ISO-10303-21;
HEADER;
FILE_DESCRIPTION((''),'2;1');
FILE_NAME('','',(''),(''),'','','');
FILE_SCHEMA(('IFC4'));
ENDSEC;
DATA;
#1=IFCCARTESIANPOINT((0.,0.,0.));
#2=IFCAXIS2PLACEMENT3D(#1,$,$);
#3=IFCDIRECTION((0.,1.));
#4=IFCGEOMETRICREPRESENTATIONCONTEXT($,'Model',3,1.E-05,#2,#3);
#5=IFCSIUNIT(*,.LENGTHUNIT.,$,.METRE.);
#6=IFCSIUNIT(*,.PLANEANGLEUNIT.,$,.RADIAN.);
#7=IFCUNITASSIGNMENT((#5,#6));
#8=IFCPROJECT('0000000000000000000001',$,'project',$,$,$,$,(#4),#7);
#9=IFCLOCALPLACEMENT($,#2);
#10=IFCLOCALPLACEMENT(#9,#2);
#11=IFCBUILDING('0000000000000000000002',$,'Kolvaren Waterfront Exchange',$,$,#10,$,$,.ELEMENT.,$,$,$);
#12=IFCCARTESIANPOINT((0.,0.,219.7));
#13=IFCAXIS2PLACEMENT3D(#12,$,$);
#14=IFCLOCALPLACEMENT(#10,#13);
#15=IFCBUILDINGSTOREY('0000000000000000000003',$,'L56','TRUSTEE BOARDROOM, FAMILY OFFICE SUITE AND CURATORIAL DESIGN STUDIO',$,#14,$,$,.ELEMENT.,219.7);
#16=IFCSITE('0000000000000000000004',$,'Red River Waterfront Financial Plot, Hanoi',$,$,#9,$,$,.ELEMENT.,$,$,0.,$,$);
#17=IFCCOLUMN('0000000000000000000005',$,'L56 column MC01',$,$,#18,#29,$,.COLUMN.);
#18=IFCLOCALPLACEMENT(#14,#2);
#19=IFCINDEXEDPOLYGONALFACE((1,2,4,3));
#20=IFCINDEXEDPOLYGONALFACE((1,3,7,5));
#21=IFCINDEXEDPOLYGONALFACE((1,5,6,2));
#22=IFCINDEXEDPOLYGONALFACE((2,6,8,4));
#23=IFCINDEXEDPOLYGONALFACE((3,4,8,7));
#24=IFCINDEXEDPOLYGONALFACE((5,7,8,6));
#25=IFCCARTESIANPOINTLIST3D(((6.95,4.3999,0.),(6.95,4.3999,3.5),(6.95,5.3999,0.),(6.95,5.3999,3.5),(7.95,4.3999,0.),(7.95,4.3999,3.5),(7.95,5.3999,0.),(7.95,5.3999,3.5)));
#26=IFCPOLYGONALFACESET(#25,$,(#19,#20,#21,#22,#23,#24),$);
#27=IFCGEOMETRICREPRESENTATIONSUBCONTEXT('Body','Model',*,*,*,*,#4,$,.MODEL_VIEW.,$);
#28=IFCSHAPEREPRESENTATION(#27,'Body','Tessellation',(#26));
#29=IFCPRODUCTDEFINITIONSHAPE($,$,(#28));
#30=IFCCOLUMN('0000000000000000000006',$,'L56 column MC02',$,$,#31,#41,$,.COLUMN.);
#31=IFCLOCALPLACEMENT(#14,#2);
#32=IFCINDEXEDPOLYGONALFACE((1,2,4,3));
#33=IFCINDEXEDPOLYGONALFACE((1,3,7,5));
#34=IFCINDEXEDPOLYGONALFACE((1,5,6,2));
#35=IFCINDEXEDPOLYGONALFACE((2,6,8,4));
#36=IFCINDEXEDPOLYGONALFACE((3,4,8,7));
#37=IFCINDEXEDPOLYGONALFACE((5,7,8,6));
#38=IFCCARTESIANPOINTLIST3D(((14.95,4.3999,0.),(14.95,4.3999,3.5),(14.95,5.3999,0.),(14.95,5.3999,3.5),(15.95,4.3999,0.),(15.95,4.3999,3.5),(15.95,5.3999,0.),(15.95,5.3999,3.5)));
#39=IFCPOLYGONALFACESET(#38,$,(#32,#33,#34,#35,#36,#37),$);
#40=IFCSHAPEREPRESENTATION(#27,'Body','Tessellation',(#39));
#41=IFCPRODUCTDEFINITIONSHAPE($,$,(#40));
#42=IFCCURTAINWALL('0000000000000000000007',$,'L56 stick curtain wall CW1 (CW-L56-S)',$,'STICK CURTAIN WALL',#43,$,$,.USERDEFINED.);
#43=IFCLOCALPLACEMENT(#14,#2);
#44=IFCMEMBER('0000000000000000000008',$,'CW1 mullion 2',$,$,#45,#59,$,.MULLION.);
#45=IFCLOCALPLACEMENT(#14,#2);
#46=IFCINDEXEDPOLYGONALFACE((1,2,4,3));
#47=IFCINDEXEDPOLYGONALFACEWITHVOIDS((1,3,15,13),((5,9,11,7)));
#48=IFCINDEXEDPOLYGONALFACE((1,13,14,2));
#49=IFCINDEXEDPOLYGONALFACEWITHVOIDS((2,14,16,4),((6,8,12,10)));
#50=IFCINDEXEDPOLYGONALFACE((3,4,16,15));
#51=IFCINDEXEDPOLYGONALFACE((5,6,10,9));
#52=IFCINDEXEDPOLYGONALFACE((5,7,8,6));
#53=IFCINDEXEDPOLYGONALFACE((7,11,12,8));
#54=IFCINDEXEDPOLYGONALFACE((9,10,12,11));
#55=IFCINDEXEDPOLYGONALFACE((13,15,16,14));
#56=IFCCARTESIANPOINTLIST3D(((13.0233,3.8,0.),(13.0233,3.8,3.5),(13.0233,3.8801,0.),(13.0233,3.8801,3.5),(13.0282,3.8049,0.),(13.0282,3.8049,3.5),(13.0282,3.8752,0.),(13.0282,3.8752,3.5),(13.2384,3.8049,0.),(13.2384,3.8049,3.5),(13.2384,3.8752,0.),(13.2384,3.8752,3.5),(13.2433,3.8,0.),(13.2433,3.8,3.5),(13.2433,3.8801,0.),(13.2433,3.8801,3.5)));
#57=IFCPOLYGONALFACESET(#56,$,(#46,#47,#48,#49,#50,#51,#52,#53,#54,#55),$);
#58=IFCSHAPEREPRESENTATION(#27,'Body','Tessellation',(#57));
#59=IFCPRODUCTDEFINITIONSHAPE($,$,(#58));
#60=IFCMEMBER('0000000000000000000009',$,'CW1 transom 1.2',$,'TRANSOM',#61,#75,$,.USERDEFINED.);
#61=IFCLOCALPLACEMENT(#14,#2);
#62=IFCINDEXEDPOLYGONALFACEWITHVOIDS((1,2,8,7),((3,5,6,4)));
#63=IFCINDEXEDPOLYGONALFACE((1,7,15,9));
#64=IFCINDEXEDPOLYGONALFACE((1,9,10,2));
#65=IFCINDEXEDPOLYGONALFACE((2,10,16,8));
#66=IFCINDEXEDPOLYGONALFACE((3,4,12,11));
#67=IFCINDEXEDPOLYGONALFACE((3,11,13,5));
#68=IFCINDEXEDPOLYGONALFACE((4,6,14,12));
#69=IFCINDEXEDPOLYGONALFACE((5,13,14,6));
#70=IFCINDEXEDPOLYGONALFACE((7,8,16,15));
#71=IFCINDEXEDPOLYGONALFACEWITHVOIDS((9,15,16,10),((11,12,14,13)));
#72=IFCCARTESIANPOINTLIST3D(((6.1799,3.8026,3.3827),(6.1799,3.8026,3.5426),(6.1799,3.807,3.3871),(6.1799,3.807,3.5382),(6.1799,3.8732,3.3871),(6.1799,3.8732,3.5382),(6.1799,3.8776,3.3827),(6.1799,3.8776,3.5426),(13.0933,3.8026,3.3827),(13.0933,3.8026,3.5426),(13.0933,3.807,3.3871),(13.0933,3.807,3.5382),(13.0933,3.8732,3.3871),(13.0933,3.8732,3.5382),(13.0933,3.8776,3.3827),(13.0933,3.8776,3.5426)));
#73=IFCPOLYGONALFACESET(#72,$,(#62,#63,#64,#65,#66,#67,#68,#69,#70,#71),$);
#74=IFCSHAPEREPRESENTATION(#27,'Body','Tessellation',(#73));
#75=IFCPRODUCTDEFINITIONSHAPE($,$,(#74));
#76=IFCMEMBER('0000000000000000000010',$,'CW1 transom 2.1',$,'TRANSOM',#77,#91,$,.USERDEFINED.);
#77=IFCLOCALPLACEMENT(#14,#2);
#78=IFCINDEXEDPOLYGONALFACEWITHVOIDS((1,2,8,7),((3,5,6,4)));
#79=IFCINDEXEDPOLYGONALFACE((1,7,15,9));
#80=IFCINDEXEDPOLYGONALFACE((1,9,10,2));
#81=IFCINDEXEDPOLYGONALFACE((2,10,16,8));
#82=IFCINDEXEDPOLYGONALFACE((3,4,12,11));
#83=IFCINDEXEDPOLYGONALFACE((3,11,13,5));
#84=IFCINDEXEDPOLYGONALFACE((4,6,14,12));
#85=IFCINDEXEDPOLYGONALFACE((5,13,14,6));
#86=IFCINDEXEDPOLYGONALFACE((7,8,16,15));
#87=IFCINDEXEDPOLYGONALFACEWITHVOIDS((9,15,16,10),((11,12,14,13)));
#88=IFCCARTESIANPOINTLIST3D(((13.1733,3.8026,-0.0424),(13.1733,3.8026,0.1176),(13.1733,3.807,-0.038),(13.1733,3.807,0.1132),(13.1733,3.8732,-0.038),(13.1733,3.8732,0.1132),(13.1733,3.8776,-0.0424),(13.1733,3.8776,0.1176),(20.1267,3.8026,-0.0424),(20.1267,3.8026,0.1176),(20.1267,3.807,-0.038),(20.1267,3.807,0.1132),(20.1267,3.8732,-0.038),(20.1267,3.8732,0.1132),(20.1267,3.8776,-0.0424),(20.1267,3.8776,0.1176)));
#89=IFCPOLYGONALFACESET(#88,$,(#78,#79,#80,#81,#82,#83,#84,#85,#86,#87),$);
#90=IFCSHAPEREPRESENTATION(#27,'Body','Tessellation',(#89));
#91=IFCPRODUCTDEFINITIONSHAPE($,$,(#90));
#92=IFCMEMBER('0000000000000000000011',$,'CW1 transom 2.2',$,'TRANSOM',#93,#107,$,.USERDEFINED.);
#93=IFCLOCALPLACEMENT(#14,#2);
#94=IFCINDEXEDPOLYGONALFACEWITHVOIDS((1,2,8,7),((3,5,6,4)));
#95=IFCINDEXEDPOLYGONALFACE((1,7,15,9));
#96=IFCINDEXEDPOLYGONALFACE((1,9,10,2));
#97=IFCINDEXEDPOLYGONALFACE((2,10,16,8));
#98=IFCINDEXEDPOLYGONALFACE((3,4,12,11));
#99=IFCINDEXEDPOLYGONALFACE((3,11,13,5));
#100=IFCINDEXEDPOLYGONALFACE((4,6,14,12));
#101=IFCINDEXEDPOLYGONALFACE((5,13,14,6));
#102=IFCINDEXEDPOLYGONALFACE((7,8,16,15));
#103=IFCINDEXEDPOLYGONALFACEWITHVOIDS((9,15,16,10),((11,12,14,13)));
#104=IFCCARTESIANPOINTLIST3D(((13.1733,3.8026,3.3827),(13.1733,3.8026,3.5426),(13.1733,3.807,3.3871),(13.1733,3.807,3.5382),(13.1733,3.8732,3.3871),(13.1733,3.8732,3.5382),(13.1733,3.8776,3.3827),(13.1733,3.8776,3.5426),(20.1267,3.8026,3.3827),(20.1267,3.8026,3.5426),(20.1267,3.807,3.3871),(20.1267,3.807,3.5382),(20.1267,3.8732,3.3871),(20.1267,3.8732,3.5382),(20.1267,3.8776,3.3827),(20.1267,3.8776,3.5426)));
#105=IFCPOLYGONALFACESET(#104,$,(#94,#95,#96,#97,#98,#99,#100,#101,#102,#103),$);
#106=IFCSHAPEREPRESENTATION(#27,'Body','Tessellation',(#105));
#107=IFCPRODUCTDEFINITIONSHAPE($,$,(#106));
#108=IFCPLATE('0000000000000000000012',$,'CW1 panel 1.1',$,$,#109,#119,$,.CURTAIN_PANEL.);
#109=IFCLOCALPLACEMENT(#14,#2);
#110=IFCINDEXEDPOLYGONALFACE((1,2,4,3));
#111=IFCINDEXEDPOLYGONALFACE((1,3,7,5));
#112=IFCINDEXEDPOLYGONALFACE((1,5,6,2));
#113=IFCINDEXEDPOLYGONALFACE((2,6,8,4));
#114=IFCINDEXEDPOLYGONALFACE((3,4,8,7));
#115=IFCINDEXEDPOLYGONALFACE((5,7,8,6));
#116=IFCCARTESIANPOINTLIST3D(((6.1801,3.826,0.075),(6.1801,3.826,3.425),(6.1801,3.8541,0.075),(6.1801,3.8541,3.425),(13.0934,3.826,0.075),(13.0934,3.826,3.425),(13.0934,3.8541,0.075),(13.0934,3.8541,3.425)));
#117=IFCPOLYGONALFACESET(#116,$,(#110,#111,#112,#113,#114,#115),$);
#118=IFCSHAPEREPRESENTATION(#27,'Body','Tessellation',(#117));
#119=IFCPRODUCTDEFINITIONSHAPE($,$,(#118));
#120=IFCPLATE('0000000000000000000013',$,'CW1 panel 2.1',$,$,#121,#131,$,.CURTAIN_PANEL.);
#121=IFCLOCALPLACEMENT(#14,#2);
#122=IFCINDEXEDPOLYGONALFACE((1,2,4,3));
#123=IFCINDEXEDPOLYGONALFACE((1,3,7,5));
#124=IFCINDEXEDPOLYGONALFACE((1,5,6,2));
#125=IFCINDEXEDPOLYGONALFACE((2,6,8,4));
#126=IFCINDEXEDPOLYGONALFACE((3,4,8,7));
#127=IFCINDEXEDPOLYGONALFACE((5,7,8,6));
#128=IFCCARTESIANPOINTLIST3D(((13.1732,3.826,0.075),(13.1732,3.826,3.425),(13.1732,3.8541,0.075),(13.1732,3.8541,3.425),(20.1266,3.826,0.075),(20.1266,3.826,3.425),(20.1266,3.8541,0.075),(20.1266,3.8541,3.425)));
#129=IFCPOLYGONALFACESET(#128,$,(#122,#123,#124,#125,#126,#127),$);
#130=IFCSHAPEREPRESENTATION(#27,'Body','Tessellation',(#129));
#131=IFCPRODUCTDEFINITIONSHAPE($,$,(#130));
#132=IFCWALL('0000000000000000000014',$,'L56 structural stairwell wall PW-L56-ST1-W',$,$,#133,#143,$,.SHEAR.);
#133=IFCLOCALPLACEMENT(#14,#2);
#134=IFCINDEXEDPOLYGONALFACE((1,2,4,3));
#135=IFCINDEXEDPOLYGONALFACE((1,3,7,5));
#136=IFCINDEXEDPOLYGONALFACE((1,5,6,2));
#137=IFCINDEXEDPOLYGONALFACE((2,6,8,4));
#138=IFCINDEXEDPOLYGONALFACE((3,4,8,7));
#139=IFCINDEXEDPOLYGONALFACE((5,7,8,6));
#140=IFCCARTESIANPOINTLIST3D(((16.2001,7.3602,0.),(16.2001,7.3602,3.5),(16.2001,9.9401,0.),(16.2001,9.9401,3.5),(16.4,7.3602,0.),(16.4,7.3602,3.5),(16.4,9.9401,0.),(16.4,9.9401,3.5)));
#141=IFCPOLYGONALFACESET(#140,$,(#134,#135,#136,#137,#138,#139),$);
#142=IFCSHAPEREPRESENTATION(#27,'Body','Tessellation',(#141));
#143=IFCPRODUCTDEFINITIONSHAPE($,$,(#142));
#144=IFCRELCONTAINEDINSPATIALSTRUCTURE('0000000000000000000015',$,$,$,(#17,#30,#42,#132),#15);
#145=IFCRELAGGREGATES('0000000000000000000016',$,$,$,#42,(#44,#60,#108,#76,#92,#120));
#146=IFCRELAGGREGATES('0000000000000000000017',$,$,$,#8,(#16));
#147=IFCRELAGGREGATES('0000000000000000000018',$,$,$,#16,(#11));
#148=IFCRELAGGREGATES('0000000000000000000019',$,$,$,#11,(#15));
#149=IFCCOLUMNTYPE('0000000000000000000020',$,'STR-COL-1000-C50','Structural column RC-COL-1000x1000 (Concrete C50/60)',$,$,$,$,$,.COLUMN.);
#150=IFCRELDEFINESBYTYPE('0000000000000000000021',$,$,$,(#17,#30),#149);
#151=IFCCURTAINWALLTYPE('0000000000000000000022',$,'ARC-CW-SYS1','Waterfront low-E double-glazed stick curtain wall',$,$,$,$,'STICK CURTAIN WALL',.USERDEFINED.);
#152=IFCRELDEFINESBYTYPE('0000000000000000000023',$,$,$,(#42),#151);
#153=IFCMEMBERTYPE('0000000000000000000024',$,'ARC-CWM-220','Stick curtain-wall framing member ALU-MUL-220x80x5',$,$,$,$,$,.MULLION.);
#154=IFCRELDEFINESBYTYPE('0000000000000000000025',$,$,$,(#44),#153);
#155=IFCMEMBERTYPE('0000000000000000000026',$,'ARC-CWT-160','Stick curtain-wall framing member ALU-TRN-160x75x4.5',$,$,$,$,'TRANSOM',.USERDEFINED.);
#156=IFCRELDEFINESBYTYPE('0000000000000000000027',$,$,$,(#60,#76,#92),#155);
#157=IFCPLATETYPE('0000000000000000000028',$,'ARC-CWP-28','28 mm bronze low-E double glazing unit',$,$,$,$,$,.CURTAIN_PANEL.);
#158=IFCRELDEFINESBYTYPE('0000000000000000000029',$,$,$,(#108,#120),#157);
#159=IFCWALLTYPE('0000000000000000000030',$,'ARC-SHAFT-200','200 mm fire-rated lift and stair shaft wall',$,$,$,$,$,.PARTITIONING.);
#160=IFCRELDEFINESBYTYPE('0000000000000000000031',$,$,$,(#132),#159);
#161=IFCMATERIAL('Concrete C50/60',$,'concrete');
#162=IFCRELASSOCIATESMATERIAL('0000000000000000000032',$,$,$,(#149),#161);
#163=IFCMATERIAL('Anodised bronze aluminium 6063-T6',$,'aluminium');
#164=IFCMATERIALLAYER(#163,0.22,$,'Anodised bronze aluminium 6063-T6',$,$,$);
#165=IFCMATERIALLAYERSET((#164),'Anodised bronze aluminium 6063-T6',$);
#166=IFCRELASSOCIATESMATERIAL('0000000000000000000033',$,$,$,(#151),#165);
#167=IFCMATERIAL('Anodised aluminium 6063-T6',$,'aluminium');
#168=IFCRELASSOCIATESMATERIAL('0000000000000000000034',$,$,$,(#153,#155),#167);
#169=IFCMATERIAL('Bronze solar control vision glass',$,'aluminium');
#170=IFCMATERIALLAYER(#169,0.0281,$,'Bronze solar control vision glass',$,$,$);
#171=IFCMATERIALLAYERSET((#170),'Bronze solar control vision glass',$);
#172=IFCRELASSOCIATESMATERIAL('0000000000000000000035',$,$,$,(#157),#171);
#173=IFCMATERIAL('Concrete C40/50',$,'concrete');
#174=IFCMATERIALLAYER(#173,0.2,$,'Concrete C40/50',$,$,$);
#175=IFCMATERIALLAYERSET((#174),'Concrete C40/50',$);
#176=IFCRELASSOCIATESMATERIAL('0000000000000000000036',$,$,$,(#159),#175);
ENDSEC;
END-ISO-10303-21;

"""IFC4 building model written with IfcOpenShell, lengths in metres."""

from ifc_helpers import new_model, si_unit, direction, frame, frame_2d, origin, origin_with_axes, origin_2d, place, context, subcontext, project, spatial, rectangle, hollow_rectangle, extrude, source, transform, mapped, material, layer, layer_set, material_profile, profile_set, type_object, element, aggregate, save


model = new_model("IFC4")

# Units and contexts
model_context = context("Model", 3, precision=1e-05, world=origin(), true_north=direction((0.0, 1.0)))
body_context = subcontext(model_context, "Body", "Model", "MODEL_VIEW")
ifc_project = project(units=[si_unit("LENGTHUNIT", "METRE"), si_unit("PLANEANGLEUNIT", "RADIAN")], contexts=[model_context])

# Site, building, storey
site_placement = place(None, origin())
site = spatial("IfcSite", under=ifc_project, at=site_placement, Name="Red River Waterfront Financial Plot, Hanoi", CompositionType="ELEMENT", RefElevation=0.0)
building_placement = place(site_placement, origin())
building = spatial("IfcBuilding", under=site, at=building_placement, Name="Kolvaren Waterfront Exchange", CompositionType="ELEMENT")
storey_placement = place(building_placement, frame((0.0, 0.0, 219.7)))
storey = spatial("IfcBuildingStorey", under=building, at=storey_placement, Name="L56", Description="TRUSTEE BOARDROOM, FAMILY OFFICE SUITE AND CURATORIAL DESIGN STUDIO", CompositionType="ELEMENT", Elevation=219.7)

# Columns
ifc_material_1 = material(Name="Concrete C50/60", Category="concrete")
ifc_material_profile_1 = material_profile(ifc_material_1, rectangle(XDim=1.0, YDim=1.0, at=origin_2d()), Name="RC-COL-1000x1000")
ifc_profile_set_1 = profile_set([ifc_material_profile_1], Name="Concrete C50/60")
column_type = type_object("IfcColumnType", Name="STR-COL-1000-C50", Description="Structural column RC-COL-1000x1000 (Concrete C50/60)", PredefinedType="COLUMN", material=ifc_profile_set_1)
for number, where, z_axis, x_axis, name in (
    (1, (7.45, 4.8999, 0.0), (0.0, 0.0, 1.0), (1.0, 0.0, 0.0), "L56 column MC01"),
    (2, (15.45, 4.8999, 0.0), (0.0, 0.0, 1.0), (1.0, 0.0, 0.0), "L56 column MC02"),
):
    element("IfcColumn", number, at=place(storey_placement, frame(where, z_axis=z_axis, x_axis=x_axis)), inside=storey, type_object=column_type, Name=name, PredefinedType="COLUMN", context=body_context, shape_type="SweptSolid", body=[
        extrude(rectangle(XDim=1.0, YDim=1.0, at=origin_2d()), origin(), (0.0, 0.0, 1.0), 3.5),
    ])

# Curtain wall, members, plates
ifc_material_2 = material(Name="Anodised bronze aluminium 6063-T6", Category="aluminium")
ifc_layer_1 = layer(ifc_material_2, 0.22, Name="Anodised bronze aluminium 6063-T6")
ifc_layer_set_1 = layer_set([ifc_layer_1], Name="Anodised bronze aluminium 6063-T6")
curtain_wall_type = type_object("IfcCurtainWallType", Name="ARC-CW-SYS1", Description="Waterfront low-E double-glazed stick curtain wall", ElementType="STICK CURTAIN WALL", PredefinedType="USERDEFINED", material=ifc_layer_set_1)
curtain_wall_placement = place(storey_placement, origin())
curtain_wall = element("IfcCurtainWall", 3, at=curtain_wall_placement, inside=storey, type_object=curtain_wall_type, Name="L56 stick curtain wall CW1 (CW-L56-S)", ObjectType="STICK CURTAIN WALL", PredefinedType="USERDEFINED")
ifc_material_3 = material(Name="Anodised aluminium 6063-T6", Category="aluminium")
ifc_material_profile_2 = material_profile(ifc_material_3, hollow_rectangle(XDim=0.0801, YDim=0.22, WallThickness=0.0049, at=origin_2d()), Name="ALU-MUL-220x80x5")
ifc_profile_set_2 = profile_set([ifc_material_profile_2], Name="Anodised aluminium 6063-T6")
member_type_1 = type_object("IfcMemberType", Name="ARC-CWM-220", Description="Stick curtain-wall framing member ALU-MUL-220x80x5", PredefinedType="MULLION", material=ifc_profile_set_2)
shared_shape_1 = source(origin_with_axes(), body_context, "Body", "SweptSolid", [
    extrude(hollow_rectangle(XDim=0.0801, YDim=0.22, WallThickness=0.0049, at=origin_2d()), origin(), (0.0, 0.0, 1.0), 3.5),
])
member_1_placement = place(storey_placement, frame((13.1333, 3.8401, 0.0), z_axis=(0.0, 0.0, 1.0), x_axis=(0.0, 1.0, 0.0)))
member_1 = element("IfcMember", 4, at=member_1_placement, type_object=member_type_1, Name="CW1 mullion 2", PredefinedType="MULLION", context=body_context, shape_type="MappedRepresentation", body=[
    mapped(shared_shape_1, transform((0.0, 0.0, 0.0), x_axis=(1.0, 0.0, 0.0), y_axis=(0.0, 1.0, 0.0), z_axis=(0.0, 0.0, 1.0), scale=1.0)),
])
ifc_material_profile_3 = material_profile(ifc_material_3, hollow_rectangle(XDim=0.075, YDim=0.1599, WallThickness=0.0044, at=origin_2d()), Name="ALU-TRN-160x75x4.5")
ifc_profile_set_3 = profile_set([ifc_material_profile_3], Name="Anodised aluminium 6063-T6")
member_type_2 = type_object("IfcMemberType", Name="ARC-CWT-160", Description="Stick curtain-wall framing member ALU-TRN-160x75x4.5", ElementType="TRANSOM", PredefinedType="USERDEFINED", material=ifc_profile_set_3)
shared_shape_2 = source(origin_with_axes(), body_context, "Body", "SweptSolid", [
    extrude(hollow_rectangle(XDim=0.075, YDim=0.1599, WallThickness=0.0044, at=origin_2d()), origin(), (0.0, 0.0, 1.0), 6.9133),
])
member_2_placement = place(storey_placement, frame((6.1799, 3.8401, 3.4626), z_axis=(1.0, 0.0, 0.0), x_axis=(0.0, 1.0, 0.0)))
member_2 = element("IfcMember", 5, at=member_2_placement, type_object=member_type_2, Name="CW1 transom 1.2", ObjectType="TRANSOM", PredefinedType="USERDEFINED", context=body_context, shape_type="MappedRepresentation", body=[
    mapped(shared_shape_2, transform((0.0, 0.0, 0.0), x_axis=(1.0, 0.0, 0.0), y_axis=(0.0, 1.0, 0.0), z_axis=(0.0, 0.0, 1.0), scale=1.0)),
])
shared_shape_3 = source(origin_with_axes(), body_context, "Body", "SweptSolid", [
    extrude(hollow_rectangle(XDim=0.075, YDim=0.1599, WallThickness=0.0044, at=origin_2d()), origin(), (0.0, 0.0, 1.0), 6.9534),
])
member_3_placement = place(storey_placement, frame((13.1733, 3.8401, 0.0376), z_axis=(1.0, 0.0, 0.0), x_axis=(0.0, 1.0, 0.0)))
member_3 = element("IfcMember", 6, at=member_3_placement, type_object=member_type_2, Name="CW1 transom 2.1", ObjectType="TRANSOM", PredefinedType="USERDEFINED", context=body_context, shape_type="MappedRepresentation", body=[
    mapped(shared_shape_3, transform((0.0, 0.0, 0.0), x_axis=(1.0, 0.0, 0.0), y_axis=(0.0, 1.0, 0.0), z_axis=(0.0, 0.0, 1.0), scale=1.0)),
])
member_4_placement = place(storey_placement, frame((13.1733, 3.8401, 3.4626), z_axis=(1.0, 0.0, 0.0), x_axis=(0.0, 1.0, 0.0)))
member_4 = element("IfcMember", 7, at=member_4_placement, type_object=member_type_2, Name="CW1 transom 2.2", ObjectType="TRANSOM", PredefinedType="USERDEFINED", context=body_context, shape_type="MappedRepresentation", body=[
    mapped(shared_shape_3, transform((0.0, 0.0, 0.0), x_axis=(1.0, 0.0, 0.0), y_axis=(0.0, 1.0, 0.0), z_axis=(0.0, 0.0, 1.0), scale=1.0)),
])
ifc_material_4 = material(Name="Bronze solar control vision glass", Category="aluminium")
ifc_layer_2 = layer(ifc_material_4, 0.0281, Name="Bronze solar control vision glass")
ifc_layer_set_2 = layer_set([ifc_layer_2], Name="Bronze solar control vision glass")
plate_type = type_object("IfcPlateType", Name="ARC-CWP-28", Description="28 mm bronze low-E double glazing unit", PredefinedType="CURTAIN_PANEL", material=ifc_layer_set_2)
shared_shape_4 = source(origin_with_axes(), body_context, "Body", "SweptSolid", [
    extrude(rectangle(XDim=6.9133, YDim=0.0281, at=origin_2d()), origin(), (0.0, 0.0, 1.0), 3.3501),
])
plate_1_placement = place(storey_placement, frame((9.6367, 3.8401, 0.075), z_axis=(0.0, 0.0, 1.0), x_axis=(1.0, 0.0, 0.0)))
plate_1 = element("IfcPlate", 8, at=plate_1_placement, type_object=plate_type, Name="CW1 panel 1.1", PredefinedType="CURTAIN_PANEL", context=body_context, shape_type="MappedRepresentation", body=[
    mapped(shared_shape_4, transform((0.0, 0.0, 0.0), x_axis=(1.0, 0.0, 0.0), y_axis=(0.0, 1.0, 0.0), z_axis=(0.0, 0.0, 1.0), scale=1.0)),
])
shared_shape_5 = source(origin_with_axes(), body_context, "Body", "SweptSolid", [
    extrude(rectangle(XDim=6.9534, YDim=0.0281, at=origin_2d()), origin(), (0.0, 0.0, 1.0), 3.3501),
])
plate_2_placement = place(storey_placement, frame((16.6499, 3.8401, 0.075), z_axis=(0.0, 0.0, 1.0), x_axis=(1.0, 0.0, 0.0)))
plate_2 = element("IfcPlate", 9, at=plate_2_placement, type_object=plate_type, Name="CW1 panel 2.1", PredefinedType="CURTAIN_PANEL", context=body_context, shape_type="MappedRepresentation", body=[
    mapped(shared_shape_5, transform((0.0, 0.0, 0.0), x_axis=(1.0, 0.0, 0.0), y_axis=(0.0, 1.0, 0.0), z_axis=(0.0, 0.0, 1.0), scale=1.0)),
])
aggregate(curtain_wall, [member_1, member_2, plate_1, member_3, member_4, plate_2])

# Wall
ifc_material_5 = material(Name="Concrete C40/50", Category="concrete")
ifc_layer_3 = layer(ifc_material_5, 0.2, Name="Concrete C40/50")
ifc_layer_set_3 = layer_set([ifc_layer_3], Name="Concrete C40/50")
wall_type_1 = type_object("IfcWallType", Name="ARC-SHAFT-200", Description="200 mm fire-rated lift and stair shaft wall", PredefinedType="PARTITIONING", material=ifc_layer_set_3)
wall_1_placement = place(storey_placement, frame((16.3, 7.3601, 0.0), z_axis=(0.0, 0.0, 1.0), x_axis=(0.0, 1.0, 0.0)))
element("IfcWall", 10, at=wall_1_placement, inside=storey, type_object=wall_type_1, Name="L56 structural stairwell wall PW-L56-ST1-W", PredefinedType="SHEAR", context=body_context, shape_type="SweptSolid", body=[
    extrude(rectangle(XDim=2.5798, YDim=0.2, at=frame_2d((1.29, 0.0))), origin(), (0.0, 0.0, 1.0), 3.5),
])

save(model, "model.ifc")
